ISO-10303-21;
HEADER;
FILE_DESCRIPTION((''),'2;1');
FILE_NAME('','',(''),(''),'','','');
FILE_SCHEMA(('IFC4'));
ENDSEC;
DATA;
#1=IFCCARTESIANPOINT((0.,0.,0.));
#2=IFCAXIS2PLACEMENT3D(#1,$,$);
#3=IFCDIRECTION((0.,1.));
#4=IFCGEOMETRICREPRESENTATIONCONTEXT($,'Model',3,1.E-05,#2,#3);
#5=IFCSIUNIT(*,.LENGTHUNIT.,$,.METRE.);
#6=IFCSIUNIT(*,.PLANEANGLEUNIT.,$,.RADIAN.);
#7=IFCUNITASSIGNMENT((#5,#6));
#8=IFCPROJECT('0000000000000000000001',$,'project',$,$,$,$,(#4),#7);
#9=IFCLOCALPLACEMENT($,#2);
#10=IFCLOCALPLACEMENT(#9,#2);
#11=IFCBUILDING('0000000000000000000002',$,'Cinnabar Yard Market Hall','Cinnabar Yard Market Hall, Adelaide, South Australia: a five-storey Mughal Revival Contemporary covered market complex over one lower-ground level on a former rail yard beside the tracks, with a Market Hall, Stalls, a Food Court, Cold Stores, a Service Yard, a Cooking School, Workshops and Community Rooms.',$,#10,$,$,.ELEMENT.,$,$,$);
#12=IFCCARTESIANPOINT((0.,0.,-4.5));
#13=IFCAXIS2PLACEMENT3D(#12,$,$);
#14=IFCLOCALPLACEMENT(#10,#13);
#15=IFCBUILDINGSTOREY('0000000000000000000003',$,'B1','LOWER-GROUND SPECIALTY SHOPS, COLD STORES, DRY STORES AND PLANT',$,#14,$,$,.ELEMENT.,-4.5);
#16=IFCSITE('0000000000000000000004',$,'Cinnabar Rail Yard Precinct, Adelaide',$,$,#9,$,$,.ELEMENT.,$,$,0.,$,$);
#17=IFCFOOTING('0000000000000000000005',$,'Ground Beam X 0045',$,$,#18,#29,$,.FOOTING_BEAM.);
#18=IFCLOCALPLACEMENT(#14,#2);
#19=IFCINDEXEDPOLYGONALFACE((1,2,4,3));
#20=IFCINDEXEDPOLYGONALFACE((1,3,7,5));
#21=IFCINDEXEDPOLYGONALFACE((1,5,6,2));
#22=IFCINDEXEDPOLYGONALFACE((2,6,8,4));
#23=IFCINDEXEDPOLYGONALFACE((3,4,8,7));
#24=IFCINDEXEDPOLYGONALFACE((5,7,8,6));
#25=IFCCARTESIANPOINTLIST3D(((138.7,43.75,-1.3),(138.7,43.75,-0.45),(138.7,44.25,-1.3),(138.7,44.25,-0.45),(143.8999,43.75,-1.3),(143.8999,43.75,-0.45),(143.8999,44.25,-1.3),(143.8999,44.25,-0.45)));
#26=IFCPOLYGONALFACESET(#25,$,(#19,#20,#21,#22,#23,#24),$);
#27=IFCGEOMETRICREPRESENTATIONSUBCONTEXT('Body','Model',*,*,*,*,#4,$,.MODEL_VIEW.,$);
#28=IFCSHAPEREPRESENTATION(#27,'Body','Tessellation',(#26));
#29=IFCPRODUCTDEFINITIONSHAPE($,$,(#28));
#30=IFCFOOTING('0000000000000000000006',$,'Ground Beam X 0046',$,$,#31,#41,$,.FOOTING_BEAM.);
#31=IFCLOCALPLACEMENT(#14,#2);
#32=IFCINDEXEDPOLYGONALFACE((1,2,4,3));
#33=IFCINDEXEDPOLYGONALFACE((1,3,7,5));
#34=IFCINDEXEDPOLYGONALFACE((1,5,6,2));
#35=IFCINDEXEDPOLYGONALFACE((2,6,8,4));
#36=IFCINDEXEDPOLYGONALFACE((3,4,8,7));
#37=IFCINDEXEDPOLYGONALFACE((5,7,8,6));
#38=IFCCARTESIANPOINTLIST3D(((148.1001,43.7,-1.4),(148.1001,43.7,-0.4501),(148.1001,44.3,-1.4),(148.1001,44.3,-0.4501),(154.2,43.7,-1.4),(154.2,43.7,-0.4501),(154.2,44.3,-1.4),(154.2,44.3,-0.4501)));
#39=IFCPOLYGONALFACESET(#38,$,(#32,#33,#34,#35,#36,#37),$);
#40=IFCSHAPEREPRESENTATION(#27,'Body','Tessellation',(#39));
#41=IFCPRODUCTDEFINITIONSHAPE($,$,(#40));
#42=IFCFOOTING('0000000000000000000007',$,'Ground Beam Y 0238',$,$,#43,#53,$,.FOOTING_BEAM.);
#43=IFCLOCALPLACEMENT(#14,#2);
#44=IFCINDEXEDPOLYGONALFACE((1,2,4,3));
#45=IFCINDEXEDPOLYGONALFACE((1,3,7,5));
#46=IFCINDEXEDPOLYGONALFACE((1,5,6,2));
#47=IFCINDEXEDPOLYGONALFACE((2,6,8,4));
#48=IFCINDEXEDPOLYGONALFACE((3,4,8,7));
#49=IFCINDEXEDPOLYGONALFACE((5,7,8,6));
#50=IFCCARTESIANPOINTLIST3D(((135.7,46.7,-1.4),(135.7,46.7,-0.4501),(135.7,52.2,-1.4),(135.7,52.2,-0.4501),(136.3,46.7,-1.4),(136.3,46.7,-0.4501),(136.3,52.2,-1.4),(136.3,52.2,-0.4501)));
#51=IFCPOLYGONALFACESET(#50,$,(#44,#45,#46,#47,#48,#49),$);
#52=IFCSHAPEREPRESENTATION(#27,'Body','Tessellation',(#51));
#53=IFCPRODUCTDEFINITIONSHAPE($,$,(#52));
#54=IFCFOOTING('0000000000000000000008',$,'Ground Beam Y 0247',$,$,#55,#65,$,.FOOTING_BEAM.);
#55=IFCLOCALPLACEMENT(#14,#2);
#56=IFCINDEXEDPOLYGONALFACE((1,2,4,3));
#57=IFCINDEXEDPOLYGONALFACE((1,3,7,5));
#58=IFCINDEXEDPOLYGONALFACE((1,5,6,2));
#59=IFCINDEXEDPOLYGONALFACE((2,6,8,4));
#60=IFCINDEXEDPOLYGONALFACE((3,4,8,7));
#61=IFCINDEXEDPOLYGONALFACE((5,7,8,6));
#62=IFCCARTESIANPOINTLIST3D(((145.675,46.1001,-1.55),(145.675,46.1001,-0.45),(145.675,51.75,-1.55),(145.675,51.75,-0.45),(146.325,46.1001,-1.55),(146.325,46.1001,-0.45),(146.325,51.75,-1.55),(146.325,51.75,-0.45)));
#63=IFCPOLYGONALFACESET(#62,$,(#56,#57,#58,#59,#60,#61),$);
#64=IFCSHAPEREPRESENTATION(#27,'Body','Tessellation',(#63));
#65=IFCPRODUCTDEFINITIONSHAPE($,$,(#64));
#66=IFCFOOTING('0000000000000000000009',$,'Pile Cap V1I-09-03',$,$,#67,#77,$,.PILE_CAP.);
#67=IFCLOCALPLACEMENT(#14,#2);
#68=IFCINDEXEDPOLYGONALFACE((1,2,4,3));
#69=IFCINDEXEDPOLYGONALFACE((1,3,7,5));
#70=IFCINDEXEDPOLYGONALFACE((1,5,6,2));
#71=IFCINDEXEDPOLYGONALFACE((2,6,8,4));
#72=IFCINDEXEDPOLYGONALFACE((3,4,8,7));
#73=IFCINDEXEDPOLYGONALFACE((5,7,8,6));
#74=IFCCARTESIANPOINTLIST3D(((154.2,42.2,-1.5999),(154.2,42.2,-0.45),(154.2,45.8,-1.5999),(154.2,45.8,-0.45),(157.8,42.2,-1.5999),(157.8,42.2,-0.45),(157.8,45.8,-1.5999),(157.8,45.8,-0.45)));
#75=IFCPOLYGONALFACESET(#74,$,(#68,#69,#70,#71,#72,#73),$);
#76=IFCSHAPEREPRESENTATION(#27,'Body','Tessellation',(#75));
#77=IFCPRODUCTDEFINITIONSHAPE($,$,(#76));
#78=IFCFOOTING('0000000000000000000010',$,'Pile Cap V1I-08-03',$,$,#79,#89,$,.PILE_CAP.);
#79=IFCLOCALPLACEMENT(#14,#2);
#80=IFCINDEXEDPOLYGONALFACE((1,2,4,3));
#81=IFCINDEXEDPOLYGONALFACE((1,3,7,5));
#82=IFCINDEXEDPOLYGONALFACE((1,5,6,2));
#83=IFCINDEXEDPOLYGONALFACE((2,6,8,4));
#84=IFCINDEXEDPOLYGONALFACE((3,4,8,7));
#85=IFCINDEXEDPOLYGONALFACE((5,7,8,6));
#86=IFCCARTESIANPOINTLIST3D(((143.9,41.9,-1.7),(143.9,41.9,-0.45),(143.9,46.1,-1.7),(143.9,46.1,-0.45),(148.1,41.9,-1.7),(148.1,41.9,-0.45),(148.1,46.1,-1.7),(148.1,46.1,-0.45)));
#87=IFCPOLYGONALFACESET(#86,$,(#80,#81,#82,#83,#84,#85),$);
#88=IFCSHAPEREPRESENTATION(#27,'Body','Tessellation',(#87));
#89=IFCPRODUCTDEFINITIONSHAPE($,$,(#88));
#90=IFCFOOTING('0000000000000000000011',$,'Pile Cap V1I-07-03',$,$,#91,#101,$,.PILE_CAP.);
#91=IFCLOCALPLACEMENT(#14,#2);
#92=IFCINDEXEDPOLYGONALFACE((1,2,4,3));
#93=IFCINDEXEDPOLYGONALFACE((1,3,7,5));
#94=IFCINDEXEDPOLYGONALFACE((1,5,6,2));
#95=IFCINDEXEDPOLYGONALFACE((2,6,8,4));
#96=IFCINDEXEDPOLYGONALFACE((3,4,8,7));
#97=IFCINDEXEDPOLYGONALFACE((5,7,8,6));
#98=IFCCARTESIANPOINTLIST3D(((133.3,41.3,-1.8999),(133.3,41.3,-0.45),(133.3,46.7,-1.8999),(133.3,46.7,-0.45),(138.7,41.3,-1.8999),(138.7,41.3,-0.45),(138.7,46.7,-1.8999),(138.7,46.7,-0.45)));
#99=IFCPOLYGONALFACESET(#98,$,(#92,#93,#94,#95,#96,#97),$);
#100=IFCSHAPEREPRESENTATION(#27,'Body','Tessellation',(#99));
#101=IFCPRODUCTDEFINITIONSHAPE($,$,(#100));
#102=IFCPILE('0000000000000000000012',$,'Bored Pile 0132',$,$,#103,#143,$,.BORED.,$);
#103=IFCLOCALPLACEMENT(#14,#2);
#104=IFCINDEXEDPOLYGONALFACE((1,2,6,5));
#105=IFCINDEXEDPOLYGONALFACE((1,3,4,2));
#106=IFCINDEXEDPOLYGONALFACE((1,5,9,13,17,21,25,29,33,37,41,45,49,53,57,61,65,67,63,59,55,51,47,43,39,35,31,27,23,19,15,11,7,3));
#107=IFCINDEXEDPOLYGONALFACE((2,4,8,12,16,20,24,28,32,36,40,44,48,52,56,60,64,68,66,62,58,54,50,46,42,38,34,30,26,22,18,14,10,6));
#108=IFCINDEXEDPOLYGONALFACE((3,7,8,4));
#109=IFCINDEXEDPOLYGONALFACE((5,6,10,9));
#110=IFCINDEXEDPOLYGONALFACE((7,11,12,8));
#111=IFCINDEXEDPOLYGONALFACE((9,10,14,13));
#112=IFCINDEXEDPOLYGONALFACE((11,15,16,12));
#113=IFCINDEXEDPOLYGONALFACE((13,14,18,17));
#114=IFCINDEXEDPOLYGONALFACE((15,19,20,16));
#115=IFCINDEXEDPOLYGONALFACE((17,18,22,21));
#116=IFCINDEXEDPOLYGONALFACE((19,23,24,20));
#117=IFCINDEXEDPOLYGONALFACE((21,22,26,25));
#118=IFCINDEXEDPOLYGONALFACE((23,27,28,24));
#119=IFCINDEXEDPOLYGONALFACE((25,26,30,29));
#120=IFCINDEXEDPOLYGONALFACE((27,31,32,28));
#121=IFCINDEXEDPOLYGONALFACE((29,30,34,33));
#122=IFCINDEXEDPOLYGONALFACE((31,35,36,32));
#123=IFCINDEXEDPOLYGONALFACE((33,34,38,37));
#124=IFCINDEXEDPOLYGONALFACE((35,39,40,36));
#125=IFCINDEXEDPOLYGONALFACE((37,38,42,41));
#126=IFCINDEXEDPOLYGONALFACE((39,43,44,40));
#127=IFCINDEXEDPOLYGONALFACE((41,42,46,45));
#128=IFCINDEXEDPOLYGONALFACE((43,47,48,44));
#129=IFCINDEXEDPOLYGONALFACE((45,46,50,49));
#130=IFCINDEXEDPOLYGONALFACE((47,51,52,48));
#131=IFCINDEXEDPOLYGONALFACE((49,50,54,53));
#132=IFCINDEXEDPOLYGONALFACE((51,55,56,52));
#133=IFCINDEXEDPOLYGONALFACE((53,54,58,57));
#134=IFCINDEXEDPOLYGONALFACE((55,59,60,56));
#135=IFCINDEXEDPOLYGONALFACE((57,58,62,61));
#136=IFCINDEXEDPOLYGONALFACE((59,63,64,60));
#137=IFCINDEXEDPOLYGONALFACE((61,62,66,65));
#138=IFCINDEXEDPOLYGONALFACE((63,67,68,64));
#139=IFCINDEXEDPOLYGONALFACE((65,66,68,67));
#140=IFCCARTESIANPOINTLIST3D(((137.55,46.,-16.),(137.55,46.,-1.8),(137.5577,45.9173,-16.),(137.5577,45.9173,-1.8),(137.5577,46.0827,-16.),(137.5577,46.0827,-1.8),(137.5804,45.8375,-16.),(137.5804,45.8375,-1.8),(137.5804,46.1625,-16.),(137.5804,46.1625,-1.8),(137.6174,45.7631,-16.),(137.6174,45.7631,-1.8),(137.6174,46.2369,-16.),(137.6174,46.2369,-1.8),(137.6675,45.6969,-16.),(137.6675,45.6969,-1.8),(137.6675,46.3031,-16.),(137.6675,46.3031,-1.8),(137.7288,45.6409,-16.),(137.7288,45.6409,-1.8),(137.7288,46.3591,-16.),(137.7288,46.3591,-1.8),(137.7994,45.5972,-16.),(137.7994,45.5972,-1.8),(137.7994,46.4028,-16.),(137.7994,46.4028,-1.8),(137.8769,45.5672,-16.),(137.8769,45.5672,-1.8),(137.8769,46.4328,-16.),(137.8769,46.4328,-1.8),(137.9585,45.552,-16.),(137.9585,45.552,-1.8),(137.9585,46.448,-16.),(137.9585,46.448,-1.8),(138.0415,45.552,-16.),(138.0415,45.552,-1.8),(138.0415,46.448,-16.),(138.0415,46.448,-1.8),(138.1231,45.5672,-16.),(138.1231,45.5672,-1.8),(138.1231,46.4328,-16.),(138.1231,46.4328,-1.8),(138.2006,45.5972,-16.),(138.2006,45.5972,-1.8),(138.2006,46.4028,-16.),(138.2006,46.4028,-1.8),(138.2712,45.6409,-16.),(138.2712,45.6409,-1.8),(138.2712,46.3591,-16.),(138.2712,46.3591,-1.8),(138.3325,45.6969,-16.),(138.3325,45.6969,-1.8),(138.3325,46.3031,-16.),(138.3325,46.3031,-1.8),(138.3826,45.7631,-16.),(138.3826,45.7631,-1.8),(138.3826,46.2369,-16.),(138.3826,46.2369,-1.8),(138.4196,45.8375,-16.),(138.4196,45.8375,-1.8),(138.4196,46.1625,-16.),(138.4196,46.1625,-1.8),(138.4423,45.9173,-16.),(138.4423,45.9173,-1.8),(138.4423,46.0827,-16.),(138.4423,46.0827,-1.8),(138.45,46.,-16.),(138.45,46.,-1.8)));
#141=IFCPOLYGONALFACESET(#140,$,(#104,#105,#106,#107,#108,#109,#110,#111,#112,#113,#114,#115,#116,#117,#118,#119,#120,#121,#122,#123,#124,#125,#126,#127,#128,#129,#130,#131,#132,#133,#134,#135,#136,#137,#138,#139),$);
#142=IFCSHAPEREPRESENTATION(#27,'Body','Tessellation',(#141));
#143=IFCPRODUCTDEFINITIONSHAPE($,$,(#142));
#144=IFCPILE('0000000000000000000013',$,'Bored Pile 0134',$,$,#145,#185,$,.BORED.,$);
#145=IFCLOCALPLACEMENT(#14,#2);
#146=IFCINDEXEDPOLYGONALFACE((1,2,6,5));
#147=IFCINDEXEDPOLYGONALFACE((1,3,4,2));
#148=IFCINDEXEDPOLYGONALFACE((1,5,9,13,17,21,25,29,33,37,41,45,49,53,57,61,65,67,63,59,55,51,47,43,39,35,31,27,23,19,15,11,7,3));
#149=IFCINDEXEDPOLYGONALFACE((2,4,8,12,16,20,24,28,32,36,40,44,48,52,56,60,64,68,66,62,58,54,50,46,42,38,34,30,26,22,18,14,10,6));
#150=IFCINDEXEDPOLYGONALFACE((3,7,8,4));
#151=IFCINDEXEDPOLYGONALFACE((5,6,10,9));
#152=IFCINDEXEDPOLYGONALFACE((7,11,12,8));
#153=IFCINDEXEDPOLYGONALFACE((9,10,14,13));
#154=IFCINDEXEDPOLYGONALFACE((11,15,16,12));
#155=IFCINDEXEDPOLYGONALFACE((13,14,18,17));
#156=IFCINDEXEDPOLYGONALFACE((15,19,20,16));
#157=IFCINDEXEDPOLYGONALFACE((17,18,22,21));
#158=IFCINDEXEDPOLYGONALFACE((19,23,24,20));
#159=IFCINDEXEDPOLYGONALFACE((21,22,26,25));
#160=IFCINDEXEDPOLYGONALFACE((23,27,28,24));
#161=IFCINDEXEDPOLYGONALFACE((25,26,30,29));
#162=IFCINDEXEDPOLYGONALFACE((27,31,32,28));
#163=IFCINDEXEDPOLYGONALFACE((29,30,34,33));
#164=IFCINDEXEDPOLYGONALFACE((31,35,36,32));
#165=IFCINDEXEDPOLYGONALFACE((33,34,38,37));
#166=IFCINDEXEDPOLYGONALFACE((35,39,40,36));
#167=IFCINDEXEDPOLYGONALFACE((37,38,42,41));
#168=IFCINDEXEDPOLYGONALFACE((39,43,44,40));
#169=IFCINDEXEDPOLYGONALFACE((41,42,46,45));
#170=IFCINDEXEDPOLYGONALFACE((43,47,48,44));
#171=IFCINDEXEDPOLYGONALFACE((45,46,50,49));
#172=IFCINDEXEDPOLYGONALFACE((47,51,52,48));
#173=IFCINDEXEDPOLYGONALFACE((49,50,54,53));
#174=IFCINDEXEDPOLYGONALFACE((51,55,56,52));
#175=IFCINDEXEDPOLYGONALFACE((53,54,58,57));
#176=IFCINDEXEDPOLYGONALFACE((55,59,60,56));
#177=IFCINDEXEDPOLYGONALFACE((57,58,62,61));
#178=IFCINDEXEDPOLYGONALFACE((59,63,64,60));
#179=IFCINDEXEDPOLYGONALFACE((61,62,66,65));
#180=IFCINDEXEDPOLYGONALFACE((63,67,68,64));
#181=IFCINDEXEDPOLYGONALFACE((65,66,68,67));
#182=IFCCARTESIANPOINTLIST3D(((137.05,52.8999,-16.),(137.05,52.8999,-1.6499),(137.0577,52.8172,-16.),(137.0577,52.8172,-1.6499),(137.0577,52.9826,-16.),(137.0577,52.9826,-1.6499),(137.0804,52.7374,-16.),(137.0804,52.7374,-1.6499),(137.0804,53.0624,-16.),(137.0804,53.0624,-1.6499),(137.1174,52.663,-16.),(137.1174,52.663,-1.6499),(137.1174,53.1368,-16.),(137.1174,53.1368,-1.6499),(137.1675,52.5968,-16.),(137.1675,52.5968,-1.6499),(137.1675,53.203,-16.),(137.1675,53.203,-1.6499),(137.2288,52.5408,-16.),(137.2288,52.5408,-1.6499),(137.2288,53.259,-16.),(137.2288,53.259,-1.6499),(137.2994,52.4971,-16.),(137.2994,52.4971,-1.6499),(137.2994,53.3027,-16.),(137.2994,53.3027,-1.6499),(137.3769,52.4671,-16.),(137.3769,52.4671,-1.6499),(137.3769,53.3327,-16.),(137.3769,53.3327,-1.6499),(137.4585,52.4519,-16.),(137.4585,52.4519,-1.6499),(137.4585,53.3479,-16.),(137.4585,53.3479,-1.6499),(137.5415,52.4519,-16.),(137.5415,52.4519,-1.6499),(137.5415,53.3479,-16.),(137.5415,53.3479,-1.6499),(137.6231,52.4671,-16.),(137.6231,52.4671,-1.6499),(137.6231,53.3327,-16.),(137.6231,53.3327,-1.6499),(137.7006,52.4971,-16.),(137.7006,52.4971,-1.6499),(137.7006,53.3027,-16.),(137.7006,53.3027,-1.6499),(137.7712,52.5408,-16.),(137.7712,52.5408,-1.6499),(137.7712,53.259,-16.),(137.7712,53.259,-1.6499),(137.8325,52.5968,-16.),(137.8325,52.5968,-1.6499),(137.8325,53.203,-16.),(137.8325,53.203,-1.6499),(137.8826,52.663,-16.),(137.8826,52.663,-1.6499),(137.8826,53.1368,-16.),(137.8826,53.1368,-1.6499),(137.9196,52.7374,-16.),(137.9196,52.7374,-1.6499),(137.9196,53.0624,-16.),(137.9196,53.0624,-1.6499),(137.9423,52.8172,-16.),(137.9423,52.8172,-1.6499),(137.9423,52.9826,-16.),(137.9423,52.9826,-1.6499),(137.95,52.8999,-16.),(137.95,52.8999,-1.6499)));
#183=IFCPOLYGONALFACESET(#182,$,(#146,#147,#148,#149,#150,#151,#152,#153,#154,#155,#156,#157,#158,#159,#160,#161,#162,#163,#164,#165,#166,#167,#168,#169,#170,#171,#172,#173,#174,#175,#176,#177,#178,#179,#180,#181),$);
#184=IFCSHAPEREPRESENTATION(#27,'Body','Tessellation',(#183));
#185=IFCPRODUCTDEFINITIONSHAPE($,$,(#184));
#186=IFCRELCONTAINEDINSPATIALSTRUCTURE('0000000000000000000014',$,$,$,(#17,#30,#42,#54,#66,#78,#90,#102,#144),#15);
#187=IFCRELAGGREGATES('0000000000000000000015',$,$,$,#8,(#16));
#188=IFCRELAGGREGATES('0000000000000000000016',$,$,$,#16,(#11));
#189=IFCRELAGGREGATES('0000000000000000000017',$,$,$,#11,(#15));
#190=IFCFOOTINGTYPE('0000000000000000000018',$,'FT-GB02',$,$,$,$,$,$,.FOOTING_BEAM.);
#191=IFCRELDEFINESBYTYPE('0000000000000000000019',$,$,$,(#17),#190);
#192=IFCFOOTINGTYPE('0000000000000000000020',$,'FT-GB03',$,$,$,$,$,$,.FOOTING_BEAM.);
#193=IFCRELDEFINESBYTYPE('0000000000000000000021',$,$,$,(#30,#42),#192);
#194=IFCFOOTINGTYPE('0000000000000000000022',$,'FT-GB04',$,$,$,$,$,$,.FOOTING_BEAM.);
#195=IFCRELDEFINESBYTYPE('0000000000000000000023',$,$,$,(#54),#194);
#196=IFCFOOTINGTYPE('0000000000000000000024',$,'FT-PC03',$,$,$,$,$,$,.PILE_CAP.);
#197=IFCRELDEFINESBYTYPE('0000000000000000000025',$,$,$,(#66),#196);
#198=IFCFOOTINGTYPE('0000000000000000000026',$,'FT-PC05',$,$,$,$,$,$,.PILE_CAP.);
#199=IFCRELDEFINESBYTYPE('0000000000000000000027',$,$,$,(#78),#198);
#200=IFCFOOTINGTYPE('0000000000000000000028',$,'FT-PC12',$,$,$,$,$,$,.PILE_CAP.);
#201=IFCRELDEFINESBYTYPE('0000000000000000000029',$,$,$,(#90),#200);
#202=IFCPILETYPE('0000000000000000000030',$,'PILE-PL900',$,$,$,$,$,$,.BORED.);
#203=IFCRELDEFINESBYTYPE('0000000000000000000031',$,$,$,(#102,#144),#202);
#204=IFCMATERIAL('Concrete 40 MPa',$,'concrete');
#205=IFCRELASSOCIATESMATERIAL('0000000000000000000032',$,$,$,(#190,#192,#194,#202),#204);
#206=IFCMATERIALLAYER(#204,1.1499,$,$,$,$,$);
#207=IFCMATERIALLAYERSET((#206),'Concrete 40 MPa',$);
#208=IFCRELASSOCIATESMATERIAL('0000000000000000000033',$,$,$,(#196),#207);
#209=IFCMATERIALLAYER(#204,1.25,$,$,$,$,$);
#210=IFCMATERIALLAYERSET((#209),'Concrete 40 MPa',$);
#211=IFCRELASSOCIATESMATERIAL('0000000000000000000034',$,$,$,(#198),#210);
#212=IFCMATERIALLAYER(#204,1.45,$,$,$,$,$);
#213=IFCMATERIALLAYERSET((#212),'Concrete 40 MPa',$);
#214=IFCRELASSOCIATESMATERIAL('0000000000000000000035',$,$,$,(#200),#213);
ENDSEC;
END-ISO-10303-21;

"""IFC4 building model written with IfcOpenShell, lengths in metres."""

from ifc_helpers import new_model, si_unit, direction, frame, origin, origin_2d_with_axis, place, context, subcontext, project, spatial, rectangle, circle, extrude, material, layer, layer_set, material_profile, profile_set, type_object, element, save


model = new_model("IFC4")

# Units and contexts
model_context = context("Model", 3, precision=1e-05, world=origin(), true_north=direction((0.0, 1.0)))
body_context = subcontext(model_context, "Body", "Model", "MODEL_VIEW")
ifc_project = project(units=[si_unit("LENGTHUNIT", "METRE"), si_unit("PLANEANGLEUNIT", "RADIAN")], contexts=[model_context])

# Site, building, storey
site_placement = place(None, origin())
site = spatial("IfcSite", under=ifc_project, at=site_placement, Name="Cinnabar Rail Yard Precinct, Adelaide", CompositionType="ELEMENT", RefElevation=0.0)
building_placement = place(site_placement, origin())
building = spatial("IfcBuilding", under=site, at=building_placement, Name="Cinnabar Yard Market Hall", Description="Cinnabar Yard Market Hall, Adelaide, South Australia: a five-storey Mughal Revival Contemporary covered market complex over one lower-ground level on a former rail yard beside the tracks, with a Market Hall, Stalls, a Food Court, Cold Stores, a Service Yard, a Cooking School, Workshops and Community Rooms.", CompositionType="ELEMENT")
storey_placement = place(building_placement, frame((0.0, 0.0, -4.5)))
storey = spatial("IfcBuildingStorey", under=building, at=storey_placement, Name="B1", Description="LOWER-GROUND SPECIALTY SHOPS, COLD STORES, DRY STORES AND PLANT", CompositionType="ELEMENT", Elevation=-4.5)

# Footings
ifc_material_1 = material(Name="Concrete 40 MPa", Category="concrete")
ifc_material_profile_1 = material_profile(ifc_material_1, rectangle(XDim=0.5, YDim=0.8501, at=origin_2d_with_axis()), Name="GB-500x850")
ifc_profile_set_1 = profile_set([ifc_material_profile_1], Name="Concrete 40 MPa")
footing_type_1 = type_object("IfcFootingType", Name="FT-GB02", PredefinedType="FOOTING_BEAM", material=ifc_profile_set_1)
footing_1_placement = place(storey_placement, frame((138.7, 44.0, -0.875), z_axis=(1.0, 0.0, 0.0), x_axis=(0.0, 1.0, 0.0)))
element("IfcFooting", 1, at=footing_1_placement, inside=storey, type_object=footing_type_1, Name="Ground Beam X 0045", PredefinedType="FOOTING_BEAM", context=body_context, shape_type="SweptSolid", body=[
    extrude(rectangle(XDim=0.5, YDim=0.8501, at=origin_2d_with_axis()), origin(), (0.0, 0.0, 1.0), 5.2),
])
ifc_material_profile_2 = material_profile(ifc_material_1, rectangle(XDim=0.6001, YDim=0.95, at=origin_2d_with_axis()), Name="GB-600x950")
ifc_profile_set_2 = profile_set([ifc_material_profile_2], Name="Concrete 40 MPa")
footing_type_2 = type_object("IfcFootingType", Name="FT-GB03", PredefinedType="FOOTING_BEAM", material=ifc_profile_set_2)
footing_2_placement = place(storey_placement, frame((148.1001, 44.0, -0.925), z_axis=(1.0, 0.0, 0.0), x_axis=(0.0, 1.0, 0.0)))
element("IfcFooting", 2, at=footing_2_placement, inside=storey, type_object=footing_type_2, Name="Ground Beam X 0046", PredefinedType="FOOTING_BEAM", context=body_context, shape_type="SweptSolid", body=[
    extrude(rectangle(XDim=0.6001, YDim=0.95, at=origin_2d_with_axis()), origin(), (0.0, 0.0, 1.0), 6.0999),
])
footing_3_placement = place(storey_placement, frame((136.0, 46.7, -0.925), z_axis=(0.0, 1.0, 0.0), x_axis=(-1.0, 0.0, 0.0)))
element("IfcFooting", 3, at=footing_3_placement, inside=storey, type_object=footing_type_2, Name="Ground Beam Y 0238", PredefinedType="FOOTING_BEAM", context=body_context, shape_type="SweptSolid", body=[
    extrude(rectangle(XDim=0.6001, YDim=0.95, at=origin_2d_with_axis()), origin(), (0.0, 0.0, 1.0), 5.5),
])
ifc_material_profile_3 = material_profile(ifc_material_1, rectangle(XDim=0.6499, YDim=1.1001, at=origin_2d_with_axis()), Name="GB-650x1100")
ifc_profile_set_3 = profile_set([ifc_material_profile_3], Name="Concrete 40 MPa")
footing_type_3 = type_object("IfcFootingType", Name="FT-GB04", PredefinedType="FOOTING_BEAM", material=ifc_profile_set_3)
footing_4_placement = place(storey_placement, frame((146.0, 46.1001, -1.0), z_axis=(0.0, 1.0, 0.0), x_axis=(-1.0, 0.0, 0.0)))
element("IfcFooting", 4, at=footing_4_placement, inside=storey, type_object=footing_type_3, Name="Ground Beam Y 0247", PredefinedType="FOOTING_BEAM", context=body_context, shape_type="SweptSolid", body=[
    extrude(rectangle(XDim=0.6499, YDim=1.1001, at=origin_2d_with_axis()), origin(), (0.0, 0.0, 1.0), 5.6499),
])
ifc_layer_1 = layer(ifc_material_1, 1.1499)
ifc_layer_set_1 = layer_set([ifc_layer_1], Name="Concrete 40 MPa")
footing_type_4 = type_object("IfcFootingType", Name="FT-PC03", PredefinedType="PILE_CAP", material=ifc_layer_set_1)
footing_5_placement = place(storey_placement, frame((156.0, 44.0, -1.5999), z_axis=(0.0, 0.0, 1.0), x_axis=(1.0, 0.0, 0.0)))
element("IfcFooting", 5, at=footing_5_placement, inside=storey, type_object=footing_type_4, Name="Pile Cap V1I-09-03", PredefinedType="PILE_CAP", context=body_context, shape_type="SweptSolid", body=[
    extrude(rectangle(XDim=3.6001, YDim=3.6001, at=origin_2d_with_axis()), origin(), (0.0, 0.0, 1.0), 1.1499),
])
ifc_layer_2 = layer(ifc_material_1, 1.25)
ifc_layer_set_2 = layer_set([ifc_layer_2], Name="Concrete 40 MPa")
footing_type_5 = type_object("IfcFootingType", Name="FT-PC05", PredefinedType="PILE_CAP", material=ifc_layer_set_2)
footing_6_placement = place(storey_placement, frame((146.0, 44.0, -1.7), z_axis=(0.0, 0.0, 1.0), x_axis=(1.0, 0.0, 0.0)))
element("IfcFooting", 6, at=footing_6_placement, inside=storey, type_object=footing_type_5, Name="Pile Cap V1I-08-03", PredefinedType="PILE_CAP", context=body_context, shape_type="SweptSolid", body=[
    extrude(rectangle(XDim=4.2, YDim=4.2, at=origin_2d_with_axis()), origin(), (0.0, 0.0, 1.0), 1.25),
])
ifc_layer_3 = layer(ifc_material_1, 1.45)
ifc_layer_set_3 = layer_set([ifc_layer_3], Name="Concrete 40 MPa")
footing_type_6 = type_object("IfcFootingType", Name="FT-PC12", PredefinedType="PILE_CAP", material=ifc_layer_set_3)
footing_7_placement = place(storey_placement, frame((136.0, 44.0, -1.8999), z_axis=(0.0, 0.0, 1.0), x_axis=(1.0, 0.0, 0.0)))
element("IfcFooting", 7, at=footing_7_placement, inside=storey, type_object=footing_type_6, Name="Pile Cap V1I-07-03", PredefinedType="PILE_CAP", context=body_context, shape_type="SweptSolid", body=[
    extrude(rectangle(XDim=5.3999, YDim=5.3999, at=origin_2d_with_axis()), origin(), (0.0, 0.0, 1.0), 1.45),
])

# Piles
ifc_material_profile_4 = material_profile(ifc_material_1, circle(Radius=0.45, at=origin_2d_with_axis()), Name="PILE-D900")
ifc_profile_set_4 = profile_set([ifc_material_profile_4], Name="Concrete 40 MPa")
pile_type = type_object("IfcPileType", Name="PILE-PL900", PredefinedType="BORED", material=ifc_profile_set_4)
pile_1_placement = place(storey_placement, frame((138.0, 46.0, -1.8), z_axis=(0.0, 0.0, -1.0), x_axis=(1.0, 0.0, 0.0)))
element("IfcPile", 8, at=pile_1_placement, inside=storey, type_object=pile_type, Name="Bored Pile 0132", PredefinedType="BORED", context=body_context, shape_type="SweptSolid", body=[
    extrude(circle(Radius=0.45, at=origin_2d_with_axis()), origin(), (0.0, 0.0, 1.0), 14.2),
])
pile_2_placement = place(storey_placement, frame((137.5, 52.8999, -1.6499), z_axis=(0.0, 0.0, -1.0), x_axis=(1.0, 0.0, 0.0)))
element("IfcPile", 9, at=pile_2_placement, inside=storey, type_object=pile_type, Name="Bored Pile 0134", PredefinedType="BORED", context=body_context, shape_type="SweptSolid", body=[
    extrude(circle(Radius=0.45, at=origin_2d_with_axis()), origin(), (0.0, 0.0, 1.0), 14.3501),
])

save(model, "model.ifc")
